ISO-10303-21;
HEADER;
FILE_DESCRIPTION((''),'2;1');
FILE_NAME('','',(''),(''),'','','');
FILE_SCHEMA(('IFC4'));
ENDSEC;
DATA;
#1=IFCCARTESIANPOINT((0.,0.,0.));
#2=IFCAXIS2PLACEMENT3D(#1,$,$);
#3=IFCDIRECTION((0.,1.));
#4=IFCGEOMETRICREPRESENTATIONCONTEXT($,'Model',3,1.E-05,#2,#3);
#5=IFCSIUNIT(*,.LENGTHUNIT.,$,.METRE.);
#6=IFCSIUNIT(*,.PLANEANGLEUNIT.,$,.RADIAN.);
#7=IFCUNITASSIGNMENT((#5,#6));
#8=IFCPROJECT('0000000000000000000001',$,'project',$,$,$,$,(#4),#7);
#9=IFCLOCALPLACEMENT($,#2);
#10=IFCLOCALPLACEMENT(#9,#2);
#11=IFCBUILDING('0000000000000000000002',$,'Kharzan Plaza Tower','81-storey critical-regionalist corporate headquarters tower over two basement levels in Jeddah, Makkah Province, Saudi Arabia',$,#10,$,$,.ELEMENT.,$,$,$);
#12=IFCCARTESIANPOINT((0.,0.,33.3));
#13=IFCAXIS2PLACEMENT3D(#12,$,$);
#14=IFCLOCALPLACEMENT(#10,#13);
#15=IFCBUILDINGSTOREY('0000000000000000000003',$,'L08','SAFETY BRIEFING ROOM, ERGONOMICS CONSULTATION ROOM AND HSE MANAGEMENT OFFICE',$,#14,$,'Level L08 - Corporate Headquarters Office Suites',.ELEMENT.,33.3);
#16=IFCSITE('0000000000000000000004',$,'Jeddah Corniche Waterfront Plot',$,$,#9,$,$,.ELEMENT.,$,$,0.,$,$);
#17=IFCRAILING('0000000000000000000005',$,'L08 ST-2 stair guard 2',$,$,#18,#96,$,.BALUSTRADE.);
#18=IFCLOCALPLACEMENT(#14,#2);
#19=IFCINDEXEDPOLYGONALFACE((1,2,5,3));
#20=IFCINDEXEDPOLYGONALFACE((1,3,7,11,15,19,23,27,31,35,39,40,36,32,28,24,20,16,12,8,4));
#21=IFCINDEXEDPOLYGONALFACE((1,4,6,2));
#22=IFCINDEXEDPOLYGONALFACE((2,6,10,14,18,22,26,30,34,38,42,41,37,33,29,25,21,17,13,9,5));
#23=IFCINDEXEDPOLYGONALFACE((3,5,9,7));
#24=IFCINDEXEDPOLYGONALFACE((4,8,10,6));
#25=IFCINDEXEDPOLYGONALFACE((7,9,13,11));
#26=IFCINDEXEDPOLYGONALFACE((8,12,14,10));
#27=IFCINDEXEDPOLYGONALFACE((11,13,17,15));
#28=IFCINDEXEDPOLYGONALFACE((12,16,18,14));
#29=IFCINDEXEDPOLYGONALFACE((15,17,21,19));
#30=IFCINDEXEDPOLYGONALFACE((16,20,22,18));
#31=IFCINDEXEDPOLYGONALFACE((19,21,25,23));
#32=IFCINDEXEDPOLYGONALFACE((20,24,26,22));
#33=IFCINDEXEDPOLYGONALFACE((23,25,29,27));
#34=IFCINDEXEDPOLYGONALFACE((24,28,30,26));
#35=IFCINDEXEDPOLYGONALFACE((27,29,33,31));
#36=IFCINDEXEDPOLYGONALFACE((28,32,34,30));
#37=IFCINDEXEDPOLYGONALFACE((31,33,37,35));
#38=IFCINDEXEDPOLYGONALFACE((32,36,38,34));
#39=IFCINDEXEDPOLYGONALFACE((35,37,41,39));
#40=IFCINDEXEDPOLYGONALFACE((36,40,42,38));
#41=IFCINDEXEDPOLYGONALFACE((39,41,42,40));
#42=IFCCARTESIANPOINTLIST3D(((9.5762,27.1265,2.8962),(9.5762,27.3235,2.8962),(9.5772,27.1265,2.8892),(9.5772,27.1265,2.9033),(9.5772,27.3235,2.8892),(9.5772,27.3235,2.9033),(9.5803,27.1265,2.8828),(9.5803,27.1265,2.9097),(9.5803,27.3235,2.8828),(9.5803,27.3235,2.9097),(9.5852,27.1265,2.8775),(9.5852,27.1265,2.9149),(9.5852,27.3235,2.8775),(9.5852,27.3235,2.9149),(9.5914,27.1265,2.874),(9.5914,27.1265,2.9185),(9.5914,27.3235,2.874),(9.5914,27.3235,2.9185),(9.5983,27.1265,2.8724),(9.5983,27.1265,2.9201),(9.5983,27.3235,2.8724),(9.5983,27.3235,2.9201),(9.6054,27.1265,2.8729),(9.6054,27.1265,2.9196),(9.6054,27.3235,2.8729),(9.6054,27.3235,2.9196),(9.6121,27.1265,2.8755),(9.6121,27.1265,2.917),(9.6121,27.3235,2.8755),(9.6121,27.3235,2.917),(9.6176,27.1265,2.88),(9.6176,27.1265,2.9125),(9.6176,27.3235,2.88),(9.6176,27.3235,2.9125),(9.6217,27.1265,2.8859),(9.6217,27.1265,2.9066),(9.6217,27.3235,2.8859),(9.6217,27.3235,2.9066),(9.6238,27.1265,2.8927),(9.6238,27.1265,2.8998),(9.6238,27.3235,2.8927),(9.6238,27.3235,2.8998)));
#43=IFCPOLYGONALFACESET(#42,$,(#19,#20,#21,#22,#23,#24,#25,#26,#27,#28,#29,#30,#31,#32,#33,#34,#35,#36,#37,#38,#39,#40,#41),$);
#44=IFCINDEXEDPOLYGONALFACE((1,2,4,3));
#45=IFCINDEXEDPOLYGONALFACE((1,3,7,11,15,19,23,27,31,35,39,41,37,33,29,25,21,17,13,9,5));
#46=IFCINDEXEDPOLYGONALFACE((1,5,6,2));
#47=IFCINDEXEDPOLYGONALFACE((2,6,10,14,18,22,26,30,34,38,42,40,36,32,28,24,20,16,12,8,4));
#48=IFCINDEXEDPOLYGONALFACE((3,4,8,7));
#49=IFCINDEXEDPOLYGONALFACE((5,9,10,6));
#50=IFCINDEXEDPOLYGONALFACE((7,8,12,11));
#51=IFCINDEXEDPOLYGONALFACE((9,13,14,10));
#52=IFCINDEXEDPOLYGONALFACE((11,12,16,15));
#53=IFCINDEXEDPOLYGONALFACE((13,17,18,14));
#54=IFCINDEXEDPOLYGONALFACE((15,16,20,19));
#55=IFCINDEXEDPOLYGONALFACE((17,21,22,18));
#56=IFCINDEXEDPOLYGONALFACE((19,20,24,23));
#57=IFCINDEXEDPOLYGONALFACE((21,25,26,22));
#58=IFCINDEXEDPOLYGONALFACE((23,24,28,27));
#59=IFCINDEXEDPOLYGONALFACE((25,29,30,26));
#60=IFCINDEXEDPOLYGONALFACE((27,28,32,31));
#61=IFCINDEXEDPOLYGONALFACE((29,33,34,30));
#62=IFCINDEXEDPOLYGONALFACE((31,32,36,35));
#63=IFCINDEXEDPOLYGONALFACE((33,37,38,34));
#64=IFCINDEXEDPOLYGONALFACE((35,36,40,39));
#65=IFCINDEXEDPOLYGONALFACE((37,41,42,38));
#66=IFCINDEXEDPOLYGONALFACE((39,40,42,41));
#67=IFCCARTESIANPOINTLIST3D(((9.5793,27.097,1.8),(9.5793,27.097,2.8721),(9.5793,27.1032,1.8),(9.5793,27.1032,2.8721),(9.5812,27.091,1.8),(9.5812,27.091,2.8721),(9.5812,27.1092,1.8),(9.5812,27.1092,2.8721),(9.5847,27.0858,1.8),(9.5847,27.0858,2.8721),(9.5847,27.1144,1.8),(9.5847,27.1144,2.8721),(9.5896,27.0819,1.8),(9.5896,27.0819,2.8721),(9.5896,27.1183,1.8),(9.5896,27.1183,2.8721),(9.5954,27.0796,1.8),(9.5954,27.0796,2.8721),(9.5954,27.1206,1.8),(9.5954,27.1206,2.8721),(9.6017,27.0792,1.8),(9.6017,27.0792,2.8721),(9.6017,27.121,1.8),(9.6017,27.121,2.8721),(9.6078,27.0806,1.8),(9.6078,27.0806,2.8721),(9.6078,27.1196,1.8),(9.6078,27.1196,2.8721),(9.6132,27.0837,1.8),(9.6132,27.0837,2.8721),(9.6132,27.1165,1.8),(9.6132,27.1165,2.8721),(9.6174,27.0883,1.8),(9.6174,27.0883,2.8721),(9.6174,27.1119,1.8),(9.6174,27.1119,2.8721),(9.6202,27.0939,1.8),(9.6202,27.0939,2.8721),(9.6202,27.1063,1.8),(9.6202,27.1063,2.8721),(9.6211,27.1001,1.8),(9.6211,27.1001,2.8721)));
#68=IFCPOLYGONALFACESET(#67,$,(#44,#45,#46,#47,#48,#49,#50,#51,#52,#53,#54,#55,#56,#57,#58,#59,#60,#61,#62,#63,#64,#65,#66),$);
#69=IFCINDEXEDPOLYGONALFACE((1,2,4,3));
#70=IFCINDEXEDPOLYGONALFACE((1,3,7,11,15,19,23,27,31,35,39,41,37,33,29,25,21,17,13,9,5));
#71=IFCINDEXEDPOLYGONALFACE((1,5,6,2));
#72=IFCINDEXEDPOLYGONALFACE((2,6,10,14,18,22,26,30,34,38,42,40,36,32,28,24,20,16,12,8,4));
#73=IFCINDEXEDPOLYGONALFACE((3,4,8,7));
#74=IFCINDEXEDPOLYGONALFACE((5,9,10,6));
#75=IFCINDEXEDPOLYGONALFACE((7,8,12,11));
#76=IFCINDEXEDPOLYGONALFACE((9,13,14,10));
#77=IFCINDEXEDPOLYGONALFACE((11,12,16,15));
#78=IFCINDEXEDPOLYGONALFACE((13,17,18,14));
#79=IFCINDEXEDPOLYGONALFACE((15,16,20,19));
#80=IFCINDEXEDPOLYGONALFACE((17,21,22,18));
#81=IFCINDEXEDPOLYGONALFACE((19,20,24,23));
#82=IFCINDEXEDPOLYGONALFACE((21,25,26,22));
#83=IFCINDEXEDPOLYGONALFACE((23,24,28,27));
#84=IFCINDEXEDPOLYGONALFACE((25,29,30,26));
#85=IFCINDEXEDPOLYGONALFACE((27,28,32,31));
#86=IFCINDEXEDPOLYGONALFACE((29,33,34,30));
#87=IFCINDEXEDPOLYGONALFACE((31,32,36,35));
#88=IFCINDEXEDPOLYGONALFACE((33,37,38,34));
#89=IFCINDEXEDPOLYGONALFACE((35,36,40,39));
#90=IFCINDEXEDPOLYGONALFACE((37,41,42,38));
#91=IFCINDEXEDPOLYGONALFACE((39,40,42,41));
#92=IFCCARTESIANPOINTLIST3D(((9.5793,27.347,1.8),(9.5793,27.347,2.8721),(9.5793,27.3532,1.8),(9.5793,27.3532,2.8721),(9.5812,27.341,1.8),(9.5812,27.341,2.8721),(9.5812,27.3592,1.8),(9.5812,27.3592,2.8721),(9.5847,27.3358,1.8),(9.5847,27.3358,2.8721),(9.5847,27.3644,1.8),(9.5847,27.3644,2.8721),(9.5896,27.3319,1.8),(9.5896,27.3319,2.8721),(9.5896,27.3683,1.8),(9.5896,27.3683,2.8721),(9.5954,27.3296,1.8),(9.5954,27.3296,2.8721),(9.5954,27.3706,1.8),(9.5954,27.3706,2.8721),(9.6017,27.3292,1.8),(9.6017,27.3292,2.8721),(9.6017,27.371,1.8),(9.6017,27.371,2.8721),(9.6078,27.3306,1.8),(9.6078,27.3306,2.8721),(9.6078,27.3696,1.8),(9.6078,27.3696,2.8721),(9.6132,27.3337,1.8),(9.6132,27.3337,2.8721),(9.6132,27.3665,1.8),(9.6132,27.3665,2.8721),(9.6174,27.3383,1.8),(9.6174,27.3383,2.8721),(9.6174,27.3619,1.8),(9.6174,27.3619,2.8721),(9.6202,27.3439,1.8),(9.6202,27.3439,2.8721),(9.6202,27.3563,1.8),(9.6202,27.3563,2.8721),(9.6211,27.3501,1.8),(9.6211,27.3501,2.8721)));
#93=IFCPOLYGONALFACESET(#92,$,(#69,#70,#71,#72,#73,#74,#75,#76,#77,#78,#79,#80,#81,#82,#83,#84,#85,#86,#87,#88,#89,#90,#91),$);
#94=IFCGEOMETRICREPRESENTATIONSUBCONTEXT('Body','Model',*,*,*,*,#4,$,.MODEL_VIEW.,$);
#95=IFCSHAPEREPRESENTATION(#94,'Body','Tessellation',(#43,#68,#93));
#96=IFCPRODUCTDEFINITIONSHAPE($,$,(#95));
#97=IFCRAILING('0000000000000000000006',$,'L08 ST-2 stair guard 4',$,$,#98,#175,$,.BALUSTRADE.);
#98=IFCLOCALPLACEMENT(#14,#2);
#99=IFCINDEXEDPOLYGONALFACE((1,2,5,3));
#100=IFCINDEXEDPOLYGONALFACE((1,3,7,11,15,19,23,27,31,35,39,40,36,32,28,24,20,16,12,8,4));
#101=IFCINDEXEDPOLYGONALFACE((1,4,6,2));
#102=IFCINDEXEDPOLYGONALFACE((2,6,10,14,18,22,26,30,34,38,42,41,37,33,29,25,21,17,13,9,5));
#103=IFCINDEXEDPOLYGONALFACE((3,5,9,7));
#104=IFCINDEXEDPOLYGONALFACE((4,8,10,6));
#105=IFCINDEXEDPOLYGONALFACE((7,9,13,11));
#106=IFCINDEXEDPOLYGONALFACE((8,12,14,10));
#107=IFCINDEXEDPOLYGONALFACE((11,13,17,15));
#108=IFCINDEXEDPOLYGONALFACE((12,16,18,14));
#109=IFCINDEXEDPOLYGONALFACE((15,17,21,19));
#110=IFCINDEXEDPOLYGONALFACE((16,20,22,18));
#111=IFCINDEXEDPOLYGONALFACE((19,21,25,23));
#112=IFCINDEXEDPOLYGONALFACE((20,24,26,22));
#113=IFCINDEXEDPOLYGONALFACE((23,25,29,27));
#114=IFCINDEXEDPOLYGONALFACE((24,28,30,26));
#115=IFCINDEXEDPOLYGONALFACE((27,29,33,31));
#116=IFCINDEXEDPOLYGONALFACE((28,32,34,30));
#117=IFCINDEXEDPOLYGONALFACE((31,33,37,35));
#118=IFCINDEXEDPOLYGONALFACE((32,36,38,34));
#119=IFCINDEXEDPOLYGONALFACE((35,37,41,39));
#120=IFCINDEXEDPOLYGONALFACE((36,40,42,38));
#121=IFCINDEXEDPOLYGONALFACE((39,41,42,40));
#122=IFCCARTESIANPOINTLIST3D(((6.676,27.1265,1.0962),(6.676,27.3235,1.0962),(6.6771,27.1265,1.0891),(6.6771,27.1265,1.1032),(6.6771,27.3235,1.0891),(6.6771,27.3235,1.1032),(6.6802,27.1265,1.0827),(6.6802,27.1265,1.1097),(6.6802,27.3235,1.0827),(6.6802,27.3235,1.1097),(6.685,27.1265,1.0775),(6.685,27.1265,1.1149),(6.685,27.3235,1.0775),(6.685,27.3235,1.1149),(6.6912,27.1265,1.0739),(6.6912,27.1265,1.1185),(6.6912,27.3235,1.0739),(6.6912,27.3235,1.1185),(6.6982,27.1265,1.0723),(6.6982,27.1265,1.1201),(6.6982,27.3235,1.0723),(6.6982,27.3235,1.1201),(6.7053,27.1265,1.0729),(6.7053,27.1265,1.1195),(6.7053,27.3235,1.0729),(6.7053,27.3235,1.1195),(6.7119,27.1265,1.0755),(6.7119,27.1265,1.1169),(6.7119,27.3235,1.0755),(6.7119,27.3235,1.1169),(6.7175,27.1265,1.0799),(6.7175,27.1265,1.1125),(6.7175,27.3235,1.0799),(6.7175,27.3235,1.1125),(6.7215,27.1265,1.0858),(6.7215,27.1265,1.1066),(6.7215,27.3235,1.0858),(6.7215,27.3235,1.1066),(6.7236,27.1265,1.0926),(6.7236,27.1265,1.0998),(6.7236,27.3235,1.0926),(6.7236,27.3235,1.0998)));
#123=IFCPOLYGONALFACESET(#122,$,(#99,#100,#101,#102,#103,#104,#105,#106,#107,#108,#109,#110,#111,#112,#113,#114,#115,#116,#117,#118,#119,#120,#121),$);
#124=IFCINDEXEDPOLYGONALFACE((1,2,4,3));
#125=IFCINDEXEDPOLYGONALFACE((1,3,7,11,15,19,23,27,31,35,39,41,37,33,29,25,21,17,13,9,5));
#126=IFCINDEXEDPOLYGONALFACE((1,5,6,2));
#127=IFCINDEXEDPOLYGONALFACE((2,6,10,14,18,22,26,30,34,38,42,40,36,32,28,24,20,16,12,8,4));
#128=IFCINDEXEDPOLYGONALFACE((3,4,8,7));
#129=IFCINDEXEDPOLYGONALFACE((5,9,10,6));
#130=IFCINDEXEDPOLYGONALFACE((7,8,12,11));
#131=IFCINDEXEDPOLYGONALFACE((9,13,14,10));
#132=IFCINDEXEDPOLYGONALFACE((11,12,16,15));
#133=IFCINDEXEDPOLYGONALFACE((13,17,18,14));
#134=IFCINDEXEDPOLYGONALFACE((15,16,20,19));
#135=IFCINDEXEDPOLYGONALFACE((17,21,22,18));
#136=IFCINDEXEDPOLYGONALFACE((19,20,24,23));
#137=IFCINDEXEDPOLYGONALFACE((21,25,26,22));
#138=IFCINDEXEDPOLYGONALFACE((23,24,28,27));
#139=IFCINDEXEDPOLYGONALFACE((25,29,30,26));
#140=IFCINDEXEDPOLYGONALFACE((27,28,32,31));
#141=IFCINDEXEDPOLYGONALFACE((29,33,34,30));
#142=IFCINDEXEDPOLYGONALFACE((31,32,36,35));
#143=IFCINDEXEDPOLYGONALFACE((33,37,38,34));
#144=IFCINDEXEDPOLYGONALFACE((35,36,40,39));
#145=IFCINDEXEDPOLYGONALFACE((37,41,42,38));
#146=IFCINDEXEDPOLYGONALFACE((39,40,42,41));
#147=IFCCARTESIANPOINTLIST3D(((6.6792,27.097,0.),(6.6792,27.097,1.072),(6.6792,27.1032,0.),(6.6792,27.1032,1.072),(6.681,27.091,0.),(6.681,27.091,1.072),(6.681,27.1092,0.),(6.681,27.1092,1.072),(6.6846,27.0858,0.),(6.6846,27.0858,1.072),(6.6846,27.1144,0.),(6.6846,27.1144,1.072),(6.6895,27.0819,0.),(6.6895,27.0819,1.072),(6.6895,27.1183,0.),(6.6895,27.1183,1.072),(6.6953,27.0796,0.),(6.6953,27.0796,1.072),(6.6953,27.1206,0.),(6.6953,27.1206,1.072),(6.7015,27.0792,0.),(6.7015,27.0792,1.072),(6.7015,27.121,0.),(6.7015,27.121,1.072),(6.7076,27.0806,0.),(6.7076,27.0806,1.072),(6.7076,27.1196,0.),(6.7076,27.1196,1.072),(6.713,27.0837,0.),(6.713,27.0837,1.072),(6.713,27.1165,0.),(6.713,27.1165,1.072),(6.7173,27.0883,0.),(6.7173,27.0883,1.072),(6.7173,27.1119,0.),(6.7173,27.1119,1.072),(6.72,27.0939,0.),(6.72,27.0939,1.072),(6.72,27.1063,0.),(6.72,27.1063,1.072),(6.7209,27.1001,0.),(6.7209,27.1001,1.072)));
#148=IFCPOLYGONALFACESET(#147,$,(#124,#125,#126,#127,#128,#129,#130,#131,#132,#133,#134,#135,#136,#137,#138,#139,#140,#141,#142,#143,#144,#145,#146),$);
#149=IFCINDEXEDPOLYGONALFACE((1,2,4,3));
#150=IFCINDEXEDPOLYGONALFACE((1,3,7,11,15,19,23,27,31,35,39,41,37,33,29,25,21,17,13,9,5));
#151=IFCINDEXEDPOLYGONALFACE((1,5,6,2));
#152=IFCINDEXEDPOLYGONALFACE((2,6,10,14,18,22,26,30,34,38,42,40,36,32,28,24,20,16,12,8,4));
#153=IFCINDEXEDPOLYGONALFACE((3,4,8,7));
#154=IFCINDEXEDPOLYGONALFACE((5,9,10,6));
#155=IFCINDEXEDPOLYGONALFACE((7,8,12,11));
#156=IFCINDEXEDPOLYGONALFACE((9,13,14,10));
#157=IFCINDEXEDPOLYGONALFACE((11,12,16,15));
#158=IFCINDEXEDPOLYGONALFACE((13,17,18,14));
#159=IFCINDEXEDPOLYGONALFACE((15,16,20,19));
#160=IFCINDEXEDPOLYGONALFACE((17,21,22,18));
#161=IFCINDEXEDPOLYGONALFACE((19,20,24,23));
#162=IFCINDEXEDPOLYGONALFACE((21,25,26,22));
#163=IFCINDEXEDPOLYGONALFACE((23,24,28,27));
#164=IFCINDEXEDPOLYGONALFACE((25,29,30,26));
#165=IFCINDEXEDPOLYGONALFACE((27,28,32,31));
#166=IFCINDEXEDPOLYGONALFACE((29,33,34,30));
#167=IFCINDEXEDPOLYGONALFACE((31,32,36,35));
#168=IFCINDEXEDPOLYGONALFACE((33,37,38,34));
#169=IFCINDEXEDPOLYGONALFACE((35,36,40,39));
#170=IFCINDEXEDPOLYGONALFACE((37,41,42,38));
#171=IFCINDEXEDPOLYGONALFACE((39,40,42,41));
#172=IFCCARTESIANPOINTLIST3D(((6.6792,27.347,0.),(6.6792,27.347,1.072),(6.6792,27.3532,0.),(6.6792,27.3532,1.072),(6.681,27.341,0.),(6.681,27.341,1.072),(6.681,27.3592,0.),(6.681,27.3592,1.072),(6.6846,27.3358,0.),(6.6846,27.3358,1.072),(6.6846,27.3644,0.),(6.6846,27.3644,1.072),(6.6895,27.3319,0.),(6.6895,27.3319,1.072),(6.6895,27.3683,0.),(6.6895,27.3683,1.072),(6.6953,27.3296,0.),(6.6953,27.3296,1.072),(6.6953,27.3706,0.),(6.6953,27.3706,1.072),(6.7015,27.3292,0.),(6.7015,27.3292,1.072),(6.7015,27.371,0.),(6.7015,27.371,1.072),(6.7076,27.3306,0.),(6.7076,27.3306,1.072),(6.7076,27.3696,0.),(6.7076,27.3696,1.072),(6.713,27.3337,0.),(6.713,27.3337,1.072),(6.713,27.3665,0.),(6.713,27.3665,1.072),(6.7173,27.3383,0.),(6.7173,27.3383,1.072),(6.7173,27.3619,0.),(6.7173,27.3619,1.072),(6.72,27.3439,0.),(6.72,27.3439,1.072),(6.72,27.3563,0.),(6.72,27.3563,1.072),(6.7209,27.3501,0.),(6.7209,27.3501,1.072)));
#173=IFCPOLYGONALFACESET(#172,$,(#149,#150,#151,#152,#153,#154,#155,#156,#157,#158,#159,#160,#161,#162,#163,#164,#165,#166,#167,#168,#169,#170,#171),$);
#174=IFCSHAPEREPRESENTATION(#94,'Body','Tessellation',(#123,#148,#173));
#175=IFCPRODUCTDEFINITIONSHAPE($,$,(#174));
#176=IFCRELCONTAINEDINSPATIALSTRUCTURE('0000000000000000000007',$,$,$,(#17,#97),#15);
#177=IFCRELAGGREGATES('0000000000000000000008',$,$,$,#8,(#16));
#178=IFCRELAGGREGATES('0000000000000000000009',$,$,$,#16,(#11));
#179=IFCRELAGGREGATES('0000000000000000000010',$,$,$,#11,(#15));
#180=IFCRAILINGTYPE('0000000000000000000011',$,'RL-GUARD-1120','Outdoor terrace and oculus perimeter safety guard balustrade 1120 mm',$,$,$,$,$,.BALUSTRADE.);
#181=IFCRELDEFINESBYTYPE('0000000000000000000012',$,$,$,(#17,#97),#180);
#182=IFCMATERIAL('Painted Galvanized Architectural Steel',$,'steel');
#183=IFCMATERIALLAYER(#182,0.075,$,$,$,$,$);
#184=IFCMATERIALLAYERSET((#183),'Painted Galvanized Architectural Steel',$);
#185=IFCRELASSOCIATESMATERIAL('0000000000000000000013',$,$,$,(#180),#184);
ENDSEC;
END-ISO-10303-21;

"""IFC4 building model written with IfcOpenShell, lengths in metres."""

from ifc_helpers import new_model, si_unit, direction, frame, origin, origin_2d, place, context, subcontext, project, spatial, circle, extrude, source, transform, mapped, material, layer, layer_set, type_object, element, save


model = new_model("IFC4")

# Units and contexts
model_context = context("Model", 3, precision=1e-05, world=origin(), true_north=direction((0.0, 1.0)))
body_context = subcontext(model_context, "Body", "Model", "MODEL_VIEW")
ifc_project = project(units=[si_unit("LENGTHUNIT", "METRE"), si_unit("PLANEANGLEUNIT", "RADIAN")], contexts=[model_context])

# Site, building, storey
site_placement = place(None, origin())
site = spatial("IfcSite", under=ifc_project, at=site_placement, Name="Jeddah Corniche Waterfront Plot", CompositionType="ELEMENT", RefElevation=0.0)
building_placement = place(site_placement, origin())
building = spatial("IfcBuilding", under=site, at=building_placement, Name="Kharzan Plaza Tower", Description="81-storey critical-regionalist corporate headquarters tower over two basement levels in Jeddah, Makkah Province, Saudi Arabia", CompositionType="ELEMENT")
storey_placement = place(building_placement, frame((0.0, 0.0, 33.3)))
storey = spatial("IfcBuildingStorey", under=building, at=storey_placement, Name="L08", Description="SAFETY BRIEFING ROOM, ERGONOMICS CONSULTATION ROOM AND HSE MANAGEMENT OFFICE", LongName="Level L08 - Corporate Headquarters Office Suites", CompositionType="ELEMENT", Elevation=33.3)

# Railings
ifc_material_1 = material(Name="Painted Galvanized Architectural Steel", Category="steel")
ifc_layer_1 = layer(ifc_material_1, 0.075)
ifc_layer_set_1 = layer_set([ifc_layer_1], Name="Painted Galvanized Architectural Steel")
railing_type_1 = type_object("IfcRailingType", Name="RL-GUARD-1120", Description="Outdoor terrace and oculus perimeter safety guard balustrade 1120 mm", PredefinedType="BALUSTRADE", material=ifc_layer_set_1)
shared_shape_1 = source(origin(), body_context, "Body", "SweptSolid", [
    extrude(circle(Radius=0.0239, at=origin_2d()), frame((0.0, 0.0264, 1.0962), z_axis=(0.0, 1.0, 0.0), x_axis=(-1.0, 0.0, 0.0)), (0.0, 0.0, 1.0), 0.197),
    extrude(circle(Radius=0.021, at=origin_2d()), origin(), (0.0, 0.0, 1.0), 1.072),
    extrude(circle(Radius=0.021, at=origin_2d()), frame((0.0, 0.25, 0.0)), (0.0, 0.0, 1.0), 1.072),
])
for number, where, name in (
    (1, (9.6001, 27.1001, 1.8), "L08 ST-2 stair guard 2"),
    (2, (6.7, 27.1001, 0.0), "L08 ST-2 stair guard 4"),
):
    element("IfcRailing", number, at=place(storey_placement, frame(where)), inside=storey, type_object=railing_type_1, Name=name, PredefinedType="BALUSTRADE", context=body_context, shape_type="MappedRepresentation", body=[
        mapped(shared_shape_1, transform((0.0, 0.0, 0.0), x_axis=(1.0, 0.0, 0.0), y_axis=(0.0, 1.0, 0.0), z_axis=(0.0, 0.0, 1.0))),
    ])

save(model, "model.ifc")
